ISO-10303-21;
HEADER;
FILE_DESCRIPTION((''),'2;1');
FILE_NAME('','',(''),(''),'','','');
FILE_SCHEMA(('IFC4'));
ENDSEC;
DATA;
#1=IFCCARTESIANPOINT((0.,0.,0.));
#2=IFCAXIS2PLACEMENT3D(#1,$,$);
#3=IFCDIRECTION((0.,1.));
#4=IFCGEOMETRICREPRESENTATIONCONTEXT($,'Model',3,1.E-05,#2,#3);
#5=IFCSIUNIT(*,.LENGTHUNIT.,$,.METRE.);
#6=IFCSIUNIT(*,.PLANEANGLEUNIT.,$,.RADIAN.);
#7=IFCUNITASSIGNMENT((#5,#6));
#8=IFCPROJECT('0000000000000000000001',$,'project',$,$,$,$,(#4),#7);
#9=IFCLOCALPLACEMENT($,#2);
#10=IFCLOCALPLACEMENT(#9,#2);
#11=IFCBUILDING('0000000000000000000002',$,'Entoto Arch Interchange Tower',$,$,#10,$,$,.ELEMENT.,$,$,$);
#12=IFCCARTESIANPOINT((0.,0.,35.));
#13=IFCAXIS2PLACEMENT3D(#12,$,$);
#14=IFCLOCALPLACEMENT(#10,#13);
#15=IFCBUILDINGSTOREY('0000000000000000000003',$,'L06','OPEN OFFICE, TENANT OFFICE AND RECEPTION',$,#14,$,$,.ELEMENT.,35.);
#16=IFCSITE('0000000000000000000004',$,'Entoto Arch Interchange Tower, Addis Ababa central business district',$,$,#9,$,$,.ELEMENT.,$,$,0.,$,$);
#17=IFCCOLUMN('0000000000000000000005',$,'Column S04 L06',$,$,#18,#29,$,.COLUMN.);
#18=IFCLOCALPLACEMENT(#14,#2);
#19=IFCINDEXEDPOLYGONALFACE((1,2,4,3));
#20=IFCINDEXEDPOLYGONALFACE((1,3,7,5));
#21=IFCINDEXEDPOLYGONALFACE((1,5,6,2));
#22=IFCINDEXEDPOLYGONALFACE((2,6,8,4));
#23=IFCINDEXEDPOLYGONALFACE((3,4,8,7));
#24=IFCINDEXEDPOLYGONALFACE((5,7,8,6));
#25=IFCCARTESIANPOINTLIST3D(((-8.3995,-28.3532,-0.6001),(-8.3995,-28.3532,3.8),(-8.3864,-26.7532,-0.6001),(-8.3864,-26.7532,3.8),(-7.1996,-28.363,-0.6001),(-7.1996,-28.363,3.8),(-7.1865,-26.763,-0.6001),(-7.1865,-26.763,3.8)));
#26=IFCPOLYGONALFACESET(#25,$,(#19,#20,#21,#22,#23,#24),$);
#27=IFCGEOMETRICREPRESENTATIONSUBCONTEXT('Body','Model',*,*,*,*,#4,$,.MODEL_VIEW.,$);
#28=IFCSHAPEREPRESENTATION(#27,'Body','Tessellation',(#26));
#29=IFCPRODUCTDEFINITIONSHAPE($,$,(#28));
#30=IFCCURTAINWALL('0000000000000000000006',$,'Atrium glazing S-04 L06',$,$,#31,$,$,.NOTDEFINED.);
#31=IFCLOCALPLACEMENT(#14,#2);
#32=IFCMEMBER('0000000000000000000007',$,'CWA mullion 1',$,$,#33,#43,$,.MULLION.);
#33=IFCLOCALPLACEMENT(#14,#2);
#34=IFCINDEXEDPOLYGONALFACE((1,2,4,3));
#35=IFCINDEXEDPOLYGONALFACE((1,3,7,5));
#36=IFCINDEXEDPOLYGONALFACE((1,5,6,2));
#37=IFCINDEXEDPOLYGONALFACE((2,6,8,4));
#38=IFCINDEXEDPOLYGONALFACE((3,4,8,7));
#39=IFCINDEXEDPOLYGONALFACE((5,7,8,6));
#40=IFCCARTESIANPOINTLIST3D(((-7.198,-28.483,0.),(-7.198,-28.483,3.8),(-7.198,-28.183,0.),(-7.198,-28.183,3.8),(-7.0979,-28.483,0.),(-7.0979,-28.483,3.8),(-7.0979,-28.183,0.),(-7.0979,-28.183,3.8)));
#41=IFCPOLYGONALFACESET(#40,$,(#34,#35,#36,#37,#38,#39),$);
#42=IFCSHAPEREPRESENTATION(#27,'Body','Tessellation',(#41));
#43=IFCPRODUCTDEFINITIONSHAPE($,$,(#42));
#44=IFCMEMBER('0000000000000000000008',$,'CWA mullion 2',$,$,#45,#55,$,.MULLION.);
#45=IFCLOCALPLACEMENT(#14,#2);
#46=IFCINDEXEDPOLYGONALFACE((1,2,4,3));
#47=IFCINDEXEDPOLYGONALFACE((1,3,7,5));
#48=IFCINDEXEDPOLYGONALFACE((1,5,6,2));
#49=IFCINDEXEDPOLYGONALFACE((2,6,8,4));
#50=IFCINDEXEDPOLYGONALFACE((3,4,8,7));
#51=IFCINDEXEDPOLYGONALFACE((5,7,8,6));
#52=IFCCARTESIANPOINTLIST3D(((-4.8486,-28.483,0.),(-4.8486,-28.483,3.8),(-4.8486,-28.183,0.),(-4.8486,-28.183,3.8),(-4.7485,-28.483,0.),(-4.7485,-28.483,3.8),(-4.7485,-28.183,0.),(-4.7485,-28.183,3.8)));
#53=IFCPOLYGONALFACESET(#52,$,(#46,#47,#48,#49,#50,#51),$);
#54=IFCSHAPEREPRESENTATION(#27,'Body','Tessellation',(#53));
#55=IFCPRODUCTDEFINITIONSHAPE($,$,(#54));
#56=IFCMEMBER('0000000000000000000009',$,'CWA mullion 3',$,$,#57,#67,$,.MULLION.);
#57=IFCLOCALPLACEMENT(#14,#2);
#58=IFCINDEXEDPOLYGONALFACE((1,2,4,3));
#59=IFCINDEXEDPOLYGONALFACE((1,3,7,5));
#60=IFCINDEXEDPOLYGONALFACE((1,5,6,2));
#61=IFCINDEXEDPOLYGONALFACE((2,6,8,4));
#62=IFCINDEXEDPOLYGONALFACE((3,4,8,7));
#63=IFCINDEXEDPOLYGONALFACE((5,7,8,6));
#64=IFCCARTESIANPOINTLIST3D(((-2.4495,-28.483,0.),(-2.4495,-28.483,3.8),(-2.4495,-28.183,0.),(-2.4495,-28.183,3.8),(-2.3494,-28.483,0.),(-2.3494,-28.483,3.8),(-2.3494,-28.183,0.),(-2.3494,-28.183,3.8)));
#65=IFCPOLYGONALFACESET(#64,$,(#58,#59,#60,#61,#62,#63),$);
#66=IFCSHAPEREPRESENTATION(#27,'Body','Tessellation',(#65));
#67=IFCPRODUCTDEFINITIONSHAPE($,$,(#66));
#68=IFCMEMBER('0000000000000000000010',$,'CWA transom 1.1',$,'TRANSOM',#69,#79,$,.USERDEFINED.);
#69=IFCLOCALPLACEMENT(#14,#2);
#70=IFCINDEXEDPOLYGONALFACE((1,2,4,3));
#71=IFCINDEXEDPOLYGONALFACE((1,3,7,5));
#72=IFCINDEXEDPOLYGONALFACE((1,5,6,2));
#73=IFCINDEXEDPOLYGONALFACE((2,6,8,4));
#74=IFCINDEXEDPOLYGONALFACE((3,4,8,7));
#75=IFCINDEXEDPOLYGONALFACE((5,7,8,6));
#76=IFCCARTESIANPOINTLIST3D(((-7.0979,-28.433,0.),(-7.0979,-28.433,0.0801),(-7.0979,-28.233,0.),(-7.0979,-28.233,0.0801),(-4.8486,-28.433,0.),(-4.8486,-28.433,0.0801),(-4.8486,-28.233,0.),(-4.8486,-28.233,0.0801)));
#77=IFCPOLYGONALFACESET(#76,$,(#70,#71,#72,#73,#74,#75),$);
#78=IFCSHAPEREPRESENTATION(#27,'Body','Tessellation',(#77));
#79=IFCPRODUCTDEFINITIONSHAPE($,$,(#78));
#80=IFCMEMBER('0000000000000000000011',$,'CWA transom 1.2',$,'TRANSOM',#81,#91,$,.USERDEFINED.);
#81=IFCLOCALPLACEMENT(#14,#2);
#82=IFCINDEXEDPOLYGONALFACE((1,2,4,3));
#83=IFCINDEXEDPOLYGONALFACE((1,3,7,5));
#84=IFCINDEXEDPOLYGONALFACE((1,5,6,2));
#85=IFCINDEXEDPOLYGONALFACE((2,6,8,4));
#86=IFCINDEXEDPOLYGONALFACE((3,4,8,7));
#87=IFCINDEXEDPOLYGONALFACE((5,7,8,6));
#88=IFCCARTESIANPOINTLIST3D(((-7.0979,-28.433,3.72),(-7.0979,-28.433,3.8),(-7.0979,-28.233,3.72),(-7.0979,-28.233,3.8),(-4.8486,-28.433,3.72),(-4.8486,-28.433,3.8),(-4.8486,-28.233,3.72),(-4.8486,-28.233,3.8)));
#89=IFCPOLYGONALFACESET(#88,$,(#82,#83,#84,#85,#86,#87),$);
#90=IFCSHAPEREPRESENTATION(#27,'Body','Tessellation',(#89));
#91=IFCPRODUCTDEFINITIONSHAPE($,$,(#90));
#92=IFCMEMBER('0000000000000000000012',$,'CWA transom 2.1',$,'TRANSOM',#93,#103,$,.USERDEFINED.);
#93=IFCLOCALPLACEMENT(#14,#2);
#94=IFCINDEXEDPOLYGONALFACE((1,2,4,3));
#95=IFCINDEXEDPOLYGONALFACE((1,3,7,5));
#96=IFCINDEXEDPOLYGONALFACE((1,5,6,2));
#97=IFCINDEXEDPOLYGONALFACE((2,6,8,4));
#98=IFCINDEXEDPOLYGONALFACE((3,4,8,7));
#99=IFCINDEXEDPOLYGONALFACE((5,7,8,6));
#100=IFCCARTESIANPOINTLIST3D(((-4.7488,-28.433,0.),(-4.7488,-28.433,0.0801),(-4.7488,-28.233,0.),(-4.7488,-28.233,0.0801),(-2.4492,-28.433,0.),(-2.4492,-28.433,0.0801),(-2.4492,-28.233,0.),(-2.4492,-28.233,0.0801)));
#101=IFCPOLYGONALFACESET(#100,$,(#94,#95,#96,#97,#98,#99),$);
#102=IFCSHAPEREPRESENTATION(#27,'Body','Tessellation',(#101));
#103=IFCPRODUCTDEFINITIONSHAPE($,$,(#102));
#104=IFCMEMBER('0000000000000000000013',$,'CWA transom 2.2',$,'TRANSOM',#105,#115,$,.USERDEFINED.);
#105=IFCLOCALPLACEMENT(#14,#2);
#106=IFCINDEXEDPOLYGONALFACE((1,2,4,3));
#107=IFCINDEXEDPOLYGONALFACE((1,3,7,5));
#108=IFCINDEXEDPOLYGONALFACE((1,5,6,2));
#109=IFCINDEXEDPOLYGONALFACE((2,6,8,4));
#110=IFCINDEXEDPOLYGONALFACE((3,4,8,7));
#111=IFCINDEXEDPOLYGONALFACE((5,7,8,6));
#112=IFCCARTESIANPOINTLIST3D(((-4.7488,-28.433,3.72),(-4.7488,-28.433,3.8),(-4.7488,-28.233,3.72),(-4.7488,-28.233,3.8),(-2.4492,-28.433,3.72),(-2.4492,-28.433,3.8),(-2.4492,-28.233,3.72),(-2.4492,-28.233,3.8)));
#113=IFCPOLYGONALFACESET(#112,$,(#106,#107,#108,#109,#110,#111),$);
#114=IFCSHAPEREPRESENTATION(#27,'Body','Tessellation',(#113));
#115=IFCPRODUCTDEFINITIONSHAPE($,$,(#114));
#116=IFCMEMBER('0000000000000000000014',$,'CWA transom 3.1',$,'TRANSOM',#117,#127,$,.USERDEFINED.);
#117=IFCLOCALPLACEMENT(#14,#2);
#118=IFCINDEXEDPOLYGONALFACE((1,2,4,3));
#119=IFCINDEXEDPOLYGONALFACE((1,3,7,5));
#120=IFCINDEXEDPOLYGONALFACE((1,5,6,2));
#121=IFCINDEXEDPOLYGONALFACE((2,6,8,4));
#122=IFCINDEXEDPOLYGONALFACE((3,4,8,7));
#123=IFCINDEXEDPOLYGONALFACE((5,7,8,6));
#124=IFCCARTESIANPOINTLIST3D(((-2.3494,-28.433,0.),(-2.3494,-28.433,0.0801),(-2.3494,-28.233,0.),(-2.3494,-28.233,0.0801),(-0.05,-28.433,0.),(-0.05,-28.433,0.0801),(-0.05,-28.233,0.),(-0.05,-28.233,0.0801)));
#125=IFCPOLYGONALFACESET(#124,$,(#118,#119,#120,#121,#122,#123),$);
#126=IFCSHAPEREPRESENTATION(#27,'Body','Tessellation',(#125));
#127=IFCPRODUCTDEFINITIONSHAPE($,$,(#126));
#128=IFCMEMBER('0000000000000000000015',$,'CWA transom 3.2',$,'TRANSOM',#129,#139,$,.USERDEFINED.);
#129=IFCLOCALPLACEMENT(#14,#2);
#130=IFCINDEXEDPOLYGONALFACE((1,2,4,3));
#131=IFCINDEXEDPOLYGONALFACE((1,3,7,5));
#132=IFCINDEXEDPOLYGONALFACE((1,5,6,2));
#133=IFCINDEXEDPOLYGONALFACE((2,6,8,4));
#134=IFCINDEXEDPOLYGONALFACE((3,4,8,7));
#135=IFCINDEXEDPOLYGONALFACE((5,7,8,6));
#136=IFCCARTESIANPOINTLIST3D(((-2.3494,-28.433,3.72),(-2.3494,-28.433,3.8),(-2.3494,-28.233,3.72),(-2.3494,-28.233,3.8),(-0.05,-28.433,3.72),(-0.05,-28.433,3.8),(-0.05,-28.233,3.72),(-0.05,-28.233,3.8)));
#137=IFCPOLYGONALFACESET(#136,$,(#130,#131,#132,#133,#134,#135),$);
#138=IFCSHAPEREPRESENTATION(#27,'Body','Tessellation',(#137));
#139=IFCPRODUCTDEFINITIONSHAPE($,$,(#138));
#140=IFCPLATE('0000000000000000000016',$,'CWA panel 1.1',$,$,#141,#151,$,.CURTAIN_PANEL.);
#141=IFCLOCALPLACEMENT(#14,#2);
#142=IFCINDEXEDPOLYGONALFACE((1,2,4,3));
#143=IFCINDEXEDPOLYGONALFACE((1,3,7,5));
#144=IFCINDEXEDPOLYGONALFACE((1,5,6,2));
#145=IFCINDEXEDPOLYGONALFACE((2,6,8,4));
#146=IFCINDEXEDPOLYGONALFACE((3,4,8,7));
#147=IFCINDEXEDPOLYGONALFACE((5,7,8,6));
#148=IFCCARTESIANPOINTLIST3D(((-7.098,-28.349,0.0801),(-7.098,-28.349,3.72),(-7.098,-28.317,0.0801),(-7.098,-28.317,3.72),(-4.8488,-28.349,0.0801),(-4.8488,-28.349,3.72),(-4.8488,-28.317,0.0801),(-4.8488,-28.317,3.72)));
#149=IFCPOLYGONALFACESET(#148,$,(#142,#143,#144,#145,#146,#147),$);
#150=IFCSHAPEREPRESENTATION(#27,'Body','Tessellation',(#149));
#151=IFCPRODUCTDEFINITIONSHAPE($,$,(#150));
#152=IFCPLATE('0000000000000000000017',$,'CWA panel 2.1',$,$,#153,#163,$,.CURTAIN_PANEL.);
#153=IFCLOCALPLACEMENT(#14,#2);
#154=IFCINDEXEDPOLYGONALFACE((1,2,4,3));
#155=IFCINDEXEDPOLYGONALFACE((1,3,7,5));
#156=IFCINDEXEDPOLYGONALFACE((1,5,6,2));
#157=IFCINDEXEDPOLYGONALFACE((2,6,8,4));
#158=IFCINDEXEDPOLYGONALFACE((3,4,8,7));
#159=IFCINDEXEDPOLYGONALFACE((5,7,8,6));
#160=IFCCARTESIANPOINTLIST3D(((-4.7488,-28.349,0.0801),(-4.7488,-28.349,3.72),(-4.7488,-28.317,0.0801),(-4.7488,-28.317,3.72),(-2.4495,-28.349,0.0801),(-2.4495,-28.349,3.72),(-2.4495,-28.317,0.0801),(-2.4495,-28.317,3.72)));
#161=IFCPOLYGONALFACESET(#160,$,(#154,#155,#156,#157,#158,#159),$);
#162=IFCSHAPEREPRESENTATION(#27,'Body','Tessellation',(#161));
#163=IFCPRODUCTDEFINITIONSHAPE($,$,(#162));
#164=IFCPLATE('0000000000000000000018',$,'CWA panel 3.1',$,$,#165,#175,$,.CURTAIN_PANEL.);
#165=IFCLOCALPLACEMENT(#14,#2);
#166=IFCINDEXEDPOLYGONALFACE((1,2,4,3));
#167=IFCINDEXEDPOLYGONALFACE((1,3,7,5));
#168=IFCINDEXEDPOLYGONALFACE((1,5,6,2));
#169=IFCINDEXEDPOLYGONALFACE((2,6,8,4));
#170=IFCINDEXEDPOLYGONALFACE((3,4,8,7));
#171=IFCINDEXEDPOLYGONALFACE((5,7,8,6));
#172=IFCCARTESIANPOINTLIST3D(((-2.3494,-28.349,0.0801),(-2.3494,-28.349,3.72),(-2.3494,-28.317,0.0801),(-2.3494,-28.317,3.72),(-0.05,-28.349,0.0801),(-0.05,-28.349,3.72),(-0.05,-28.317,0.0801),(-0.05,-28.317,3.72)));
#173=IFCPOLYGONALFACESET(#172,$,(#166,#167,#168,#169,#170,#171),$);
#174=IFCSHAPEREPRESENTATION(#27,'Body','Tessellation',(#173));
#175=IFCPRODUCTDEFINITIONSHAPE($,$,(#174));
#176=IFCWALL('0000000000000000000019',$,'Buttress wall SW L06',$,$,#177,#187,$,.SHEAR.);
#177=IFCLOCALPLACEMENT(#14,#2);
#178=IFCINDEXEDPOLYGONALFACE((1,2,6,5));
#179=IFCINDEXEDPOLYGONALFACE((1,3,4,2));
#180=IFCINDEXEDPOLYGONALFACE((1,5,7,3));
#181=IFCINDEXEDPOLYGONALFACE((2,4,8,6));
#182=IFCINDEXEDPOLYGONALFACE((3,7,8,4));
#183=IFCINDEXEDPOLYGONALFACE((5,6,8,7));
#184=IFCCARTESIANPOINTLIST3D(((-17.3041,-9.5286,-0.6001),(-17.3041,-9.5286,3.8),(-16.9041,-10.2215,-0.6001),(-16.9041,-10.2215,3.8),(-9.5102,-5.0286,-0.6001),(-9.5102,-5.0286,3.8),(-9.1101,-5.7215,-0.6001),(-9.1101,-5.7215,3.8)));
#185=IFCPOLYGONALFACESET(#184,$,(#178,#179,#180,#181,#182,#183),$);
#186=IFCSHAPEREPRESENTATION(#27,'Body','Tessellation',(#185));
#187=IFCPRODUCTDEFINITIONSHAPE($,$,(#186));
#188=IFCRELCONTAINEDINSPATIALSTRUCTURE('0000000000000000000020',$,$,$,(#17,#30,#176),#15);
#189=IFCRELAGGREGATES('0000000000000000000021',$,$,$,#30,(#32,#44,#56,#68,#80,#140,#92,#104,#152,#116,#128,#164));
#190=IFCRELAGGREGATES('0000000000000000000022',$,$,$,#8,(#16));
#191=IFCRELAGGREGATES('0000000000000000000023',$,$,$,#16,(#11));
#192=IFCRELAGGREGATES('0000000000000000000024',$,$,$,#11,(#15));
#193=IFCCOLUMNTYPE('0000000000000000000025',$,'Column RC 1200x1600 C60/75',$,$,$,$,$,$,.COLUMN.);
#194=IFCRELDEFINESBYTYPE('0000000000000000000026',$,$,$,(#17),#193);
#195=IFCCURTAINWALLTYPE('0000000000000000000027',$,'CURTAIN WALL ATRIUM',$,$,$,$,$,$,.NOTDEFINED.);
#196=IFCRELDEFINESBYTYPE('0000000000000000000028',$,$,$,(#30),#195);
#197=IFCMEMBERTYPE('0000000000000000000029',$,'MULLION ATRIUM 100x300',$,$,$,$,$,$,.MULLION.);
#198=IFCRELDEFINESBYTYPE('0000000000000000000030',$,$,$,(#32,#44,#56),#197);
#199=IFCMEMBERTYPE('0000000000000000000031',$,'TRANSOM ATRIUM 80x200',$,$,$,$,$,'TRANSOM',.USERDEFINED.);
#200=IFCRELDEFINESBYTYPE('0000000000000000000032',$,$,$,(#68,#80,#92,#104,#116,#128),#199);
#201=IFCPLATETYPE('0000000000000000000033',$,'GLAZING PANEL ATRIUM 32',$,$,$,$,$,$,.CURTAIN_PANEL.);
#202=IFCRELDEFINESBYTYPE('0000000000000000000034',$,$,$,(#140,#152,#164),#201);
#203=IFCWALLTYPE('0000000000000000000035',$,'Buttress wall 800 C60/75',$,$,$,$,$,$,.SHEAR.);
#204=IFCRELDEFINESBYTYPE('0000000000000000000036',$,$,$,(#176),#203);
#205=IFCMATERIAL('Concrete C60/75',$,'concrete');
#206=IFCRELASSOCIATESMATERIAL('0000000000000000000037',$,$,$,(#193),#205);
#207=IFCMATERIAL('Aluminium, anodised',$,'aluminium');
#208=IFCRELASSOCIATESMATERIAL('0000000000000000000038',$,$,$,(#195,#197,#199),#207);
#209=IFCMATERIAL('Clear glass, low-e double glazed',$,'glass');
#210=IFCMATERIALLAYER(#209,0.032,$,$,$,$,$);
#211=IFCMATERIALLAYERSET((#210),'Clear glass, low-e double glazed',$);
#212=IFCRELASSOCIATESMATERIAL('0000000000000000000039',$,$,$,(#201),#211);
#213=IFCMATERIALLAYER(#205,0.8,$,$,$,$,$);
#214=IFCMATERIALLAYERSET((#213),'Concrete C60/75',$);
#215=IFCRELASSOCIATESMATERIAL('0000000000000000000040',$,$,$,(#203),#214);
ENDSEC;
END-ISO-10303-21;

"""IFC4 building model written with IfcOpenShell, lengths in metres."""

from ifc_helpers import new_model, si_unit, direction, frame, frame_2d, origin, origin_2d, place, context, subcontext, project, spatial, rectangle, extrude, material, layer, layer_set, material_profile, profile_set, type_object, element, aggregate, save


model = new_model("IFC4")

# Units and contexts
model_context = context("Model", 3, precision=1e-05, world=origin(), true_north=direction((0.0, 1.0)))
body_context = subcontext(model_context, "Body", "Model", "MODEL_VIEW")
ifc_project = project(units=[si_unit("LENGTHUNIT", "METRE"), si_unit("PLANEANGLEUNIT", "RADIAN")], contexts=[model_context])

# Site, building, storey
site_placement = place(None, origin())
site = spatial("IfcSite", under=ifc_project, at=site_placement, Name="Entoto Arch Interchange Tower, Addis Ababa central business district", CompositionType="ELEMENT", RefElevation=0.0)
building_placement = place(site_placement, origin())
building = spatial("IfcBuilding", under=site, at=building_placement, Name="Entoto Arch Interchange Tower", CompositionType="ELEMENT")
storey_placement = place(building_placement, frame((0.0, 0.0, 35.0)))
storey = spatial("IfcBuildingStorey", under=building, at=storey_placement, Name="L06", Description="OPEN OFFICE, TENANT OFFICE AND RECEPTION", CompositionType="ELEMENT", Elevation=35.0)

# Column
ifc_material_1 = material(Name="Concrete C60/75", Category="concrete")
ifc_material_profile_1 = material_profile(ifc_material_1, rectangle(XDim=1.2, YDim=1.6001, at=origin_2d()))
ifc_profile_set_1 = profile_set([ifc_material_profile_1], Name="Concrete C60/75")
column_type = type_object("IfcColumnType", Name="Column RC 1200x1600 C60/75", PredefinedType="COLUMN", material=ifc_profile_set_1)
column_placement = place(storey_placement, frame((-7.793, -27.5581, -0.6001), z_axis=(0.0, 0.0, 1.0), x_axis=(-0.999966, 0.008203, 0.0)))
element("IfcColumn", 1, at=column_placement, inside=storey, type_object=column_type, Name="Column S04 L06", PredefinedType="COLUMN", context=body_context, shape_type="SweptSolid", body=[
    extrude(rectangle(XDim=1.2, YDim=1.6001, at=origin_2d()), origin(), (0.0, 0.0, 1.0), 4.4001),
])

# Curtain wall, members, plates
ifc_material_2 = material(Name="Aluminium, anodised", Category="aluminium")
curtain_wall_type = type_object("IfcCurtainWallType", Name="CURTAIN WALL ATRIUM", PredefinedType="NOTDEFINED", material=ifc_material_2)
curtain_wall_placement = place(storey_placement, origin())
curtain_wall = element("IfcCurtainWall", 2, at=curtain_wall_placement, inside=storey, type_object=curtain_wall_type, Name="Atrium glazing S-04 L06", PredefinedType="NOTDEFINED")
ifc_material_profile_2 = material_profile(ifc_material_2, rectangle(XDim=0.3, YDim=0.1001, at=origin_2d()))
ifc_profile_set_2 = profile_set([ifc_material_profile_2], Name="Aluminium, anodised")
member_type_1 = type_object("IfcMemberType", Name="MULLION ATRIUM 100x300", PredefinedType="MULLION", material=ifc_profile_set_2)
member_1_placement = place(storey_placement, frame((-7.1479, -28.333, 0.0), z_axis=(0.0, 0.0, 1.0), x_axis=(0.0, 1.0, 0.0)))
member_1 = element("IfcMember", 3, at=member_1_placement, type_object=member_type_1, Name="CWA mullion 1", PredefinedType="MULLION", context=body_context, shape_type="SweptSolid", body=[
    extrude(rectangle(XDim=0.3, YDim=0.1001, at=origin_2d()), origin(), (0.0, 0.0, 1.0), 3.8),
])
member_2_placement = place(storey_placement, frame((-4.7986, -28.333, 0.0), z_axis=(0.0, 0.0, 1.0), x_axis=(0.0, 1.0, 0.0)))
member_2 = element("IfcMember", 4, at=member_2_placement, type_object=member_type_1, Name="CWA mullion 2", PredefinedType="MULLION", context=body_context, shape_type="SweptSolid", body=[
    extrude(rectangle(XDim=0.3, YDim=0.1001, at=origin_2d()), origin(), (0.0, 0.0, 1.0), 3.8),
])
member_3_placement = place(storey_placement, frame((-2.3994, -28.333, 0.0), z_axis=(0.0, 0.0, 1.0), x_axis=(0.0, 1.0, 0.0)))
member_3 = element("IfcMember", 5, at=member_3_placement, type_object=member_type_1, Name="CWA mullion 3", PredefinedType="MULLION", context=body_context, shape_type="SweptSolid", body=[
    extrude(rectangle(XDim=0.3, YDim=0.1001, at=origin_2d()), origin(), (0.0, 0.0, 1.0), 3.8),
])
ifc_material_profile_3 = material_profile(ifc_material_2, rectangle(XDim=0.2, YDim=0.0801, at=origin_2d()))
ifc_profile_set_3 = profile_set([ifc_material_profile_3], Name="Aluminium, anodised")
member_type_2 = type_object("IfcMemberType", Name="TRANSOM ATRIUM 80x200", ElementType="TRANSOM", PredefinedType="USERDEFINED", material=ifc_profile_set_3)
member_4_placement = place(storey_placement, frame((-7.0979, -28.333, 0.04), z_axis=(1.0, 0.0, 0.0), x_axis=(0.0, 1.0, 0.0)))
member_4 = element("IfcMember", 6, at=member_4_placement, type_object=member_type_2, Name="CWA transom 1.1", ObjectType="TRANSOM", PredefinedType="USERDEFINED", context=body_context, shape_type="SweptSolid", body=[
    extrude(rectangle(XDim=0.2, YDim=0.0801, at=origin_2d()), origin(), (0.0, 0.0, 1.0), 2.2493),
])
member_5_placement = place(storey_placement, frame((-7.0979, -28.333, 3.76), z_axis=(1.0, 0.0, 0.0), x_axis=(0.0, 1.0, 0.0)))
member_5 = element("IfcMember", 7, at=member_5_placement, type_object=member_type_2, Name="CWA transom 1.2", ObjectType="TRANSOM", PredefinedType="USERDEFINED", context=body_context, shape_type="SweptSolid", body=[
    extrude(rectangle(XDim=0.2, YDim=0.0801, at=origin_2d()), origin(), (0.0, 0.0, 1.0), 2.2493),
])
member_6_placement = place(storey_placement, frame((-4.7488, -28.333, 0.04), z_axis=(1.0, 0.0, 0.0), x_axis=(0.0, 1.0, 0.0)))
member_6 = element("IfcMember", 8, at=member_6_placement, type_object=member_type_2, Name="CWA transom 2.1", ObjectType="TRANSOM", PredefinedType="USERDEFINED", context=body_context, shape_type="SweptSolid", body=[
    extrude(rectangle(XDim=0.2, YDim=0.0801, at=origin_2d()), origin(), (0.0, 0.0, 1.0), 2.2996),
])
member_7_placement = place(storey_placement, frame((-4.7488, -28.333, 3.76), z_axis=(1.0, 0.0, 0.0), x_axis=(0.0, 1.0, 0.0)))
member_7 = element("IfcMember", 9, at=member_7_placement, type_object=member_type_2, Name="CWA transom 2.2", ObjectType="TRANSOM", PredefinedType="USERDEFINED", context=body_context, shape_type="SweptSolid", body=[
    extrude(rectangle(XDim=0.2, YDim=0.0801, at=origin_2d()), origin(), (0.0, 0.0, 1.0), 2.2996),
])
member_8_placement = place(storey_placement, frame((-2.3494, -28.333, 0.04), z_axis=(1.0, 0.0, 0.0), x_axis=(0.0, 1.0, 0.0)))
member_8 = element("IfcMember", 10, at=member_8_placement, type_object=member_type_2, Name="CWA transom 3.1", ObjectType="TRANSOM", PredefinedType="USERDEFINED", context=body_context, shape_type="SweptSolid", body=[
    extrude(rectangle(XDim=0.2, YDim=0.0801, at=origin_2d()), origin(), (0.0, 0.0, 1.0), 2.2993),
])
member_9_placement = place(storey_placement, frame((-2.3494, -28.333, 3.76), z_axis=(1.0, 0.0, 0.0), x_axis=(0.0, 1.0, 0.0)))
member_9 = element("IfcMember", 11, at=member_9_placement, type_object=member_type_2, Name="CWA transom 3.2", ObjectType="TRANSOM", PredefinedType="USERDEFINED", context=body_context, shape_type="SweptSolid", body=[
    extrude(rectangle(XDim=0.2, YDim=0.0801, at=origin_2d()), origin(), (0.0, 0.0, 1.0), 2.2993),
])
ifc_material_3 = material(Name="Clear glass, low-e double glazed", Category="glass")
ifc_layer_1 = layer(ifc_material_3, 0.032)
ifc_layer_set_1 = layer_set([ifc_layer_1], Name="Clear glass, low-e double glazed")
plate_type = type_object("IfcPlateType", Name="GLAZING PANEL ATRIUM 32", PredefinedType="CURTAIN_PANEL", material=ifc_layer_set_1)
plate_1_placement = place(storey_placement, frame((-5.9734, -28.333, 0.0801), z_axis=(0.0, 0.0, 1.0), x_axis=(1.0, 0.0, 0.0)))
plate_1 = element("IfcPlate", 12, at=plate_1_placement, type_object=plate_type, Name="CWA panel 1.1", PredefinedType="CURTAIN_PANEL", context=body_context, shape_type="SweptSolid", body=[
    extrude(rectangle(XDim=2.2493, YDim=0.032, at=origin_2d()), origin(), (0.0, 0.0, 1.0), 3.6399),
])
plate_2_placement = place(storey_placement, frame((-3.5991, -28.333, 0.0801), z_axis=(0.0, 0.0, 1.0), x_axis=(1.0, 0.0, 0.0)))
plate_2 = element("IfcPlate", 13, at=plate_2_placement, type_object=plate_type, Name="CWA panel 2.1", PredefinedType="CURTAIN_PANEL", context=body_context, shape_type="SweptSolid", body=[
    extrude(rectangle(XDim=2.2993, YDim=0.032, at=origin_2d()), origin(), (0.0, 0.0, 1.0), 3.6399),
])
plate_3_placement = place(storey_placement, frame((-1.1997, -28.333, 0.0801), z_axis=(0.0, 0.0, 1.0), x_axis=(1.0, 0.0, 0.0)))
plate_3 = element("IfcPlate", 14, at=plate_3_placement, type_object=plate_type, Name="CWA panel 3.1", PredefinedType="CURTAIN_PANEL", context=body_context, shape_type="SweptSolid", body=[
    extrude(rectangle(XDim=2.2993, YDim=0.032, at=origin_2d()), origin(), (0.0, 0.0, 1.0), 3.6399),
])
aggregate(curtain_wall, [member_1, member_2, member_3, member_4, member_5, plate_1, member_6, member_7, plate_2, member_8, member_9, plate_3])

# Wall
ifc_layer_2 = layer(ifc_material_1, 0.8)
ifc_layer_set_2 = layer_set([ifc_layer_2], Name="Concrete C60/75")
wall_type_1 = type_object("IfcWallType", Name="Buttress wall 800 C60/75", PredefinedType="SHEAR", material=ifc_layer_set_2)
wall_1_placement = place(storey_placement, frame((-9.3101, -5.375, -0.6001), z_axis=(0.0, 0.0, 1.0), x_axis=(-0.866018, -0.500014, 0.0)))
element("IfcWall", 15, at=wall_1_placement, inside=storey, type_object=wall_type_1, Name="Buttress wall SW L06", PredefinedType="SHEAR", context=body_context, shape_type="SweptSolid", body=[
    extrude(rectangle(XDim=8.9998, YDim=0.8, at=frame_2d((4.5, 0.0))), origin(), (0.0, 0.0, 1.0), 4.4001),
])

save(model, "model.ifc")
